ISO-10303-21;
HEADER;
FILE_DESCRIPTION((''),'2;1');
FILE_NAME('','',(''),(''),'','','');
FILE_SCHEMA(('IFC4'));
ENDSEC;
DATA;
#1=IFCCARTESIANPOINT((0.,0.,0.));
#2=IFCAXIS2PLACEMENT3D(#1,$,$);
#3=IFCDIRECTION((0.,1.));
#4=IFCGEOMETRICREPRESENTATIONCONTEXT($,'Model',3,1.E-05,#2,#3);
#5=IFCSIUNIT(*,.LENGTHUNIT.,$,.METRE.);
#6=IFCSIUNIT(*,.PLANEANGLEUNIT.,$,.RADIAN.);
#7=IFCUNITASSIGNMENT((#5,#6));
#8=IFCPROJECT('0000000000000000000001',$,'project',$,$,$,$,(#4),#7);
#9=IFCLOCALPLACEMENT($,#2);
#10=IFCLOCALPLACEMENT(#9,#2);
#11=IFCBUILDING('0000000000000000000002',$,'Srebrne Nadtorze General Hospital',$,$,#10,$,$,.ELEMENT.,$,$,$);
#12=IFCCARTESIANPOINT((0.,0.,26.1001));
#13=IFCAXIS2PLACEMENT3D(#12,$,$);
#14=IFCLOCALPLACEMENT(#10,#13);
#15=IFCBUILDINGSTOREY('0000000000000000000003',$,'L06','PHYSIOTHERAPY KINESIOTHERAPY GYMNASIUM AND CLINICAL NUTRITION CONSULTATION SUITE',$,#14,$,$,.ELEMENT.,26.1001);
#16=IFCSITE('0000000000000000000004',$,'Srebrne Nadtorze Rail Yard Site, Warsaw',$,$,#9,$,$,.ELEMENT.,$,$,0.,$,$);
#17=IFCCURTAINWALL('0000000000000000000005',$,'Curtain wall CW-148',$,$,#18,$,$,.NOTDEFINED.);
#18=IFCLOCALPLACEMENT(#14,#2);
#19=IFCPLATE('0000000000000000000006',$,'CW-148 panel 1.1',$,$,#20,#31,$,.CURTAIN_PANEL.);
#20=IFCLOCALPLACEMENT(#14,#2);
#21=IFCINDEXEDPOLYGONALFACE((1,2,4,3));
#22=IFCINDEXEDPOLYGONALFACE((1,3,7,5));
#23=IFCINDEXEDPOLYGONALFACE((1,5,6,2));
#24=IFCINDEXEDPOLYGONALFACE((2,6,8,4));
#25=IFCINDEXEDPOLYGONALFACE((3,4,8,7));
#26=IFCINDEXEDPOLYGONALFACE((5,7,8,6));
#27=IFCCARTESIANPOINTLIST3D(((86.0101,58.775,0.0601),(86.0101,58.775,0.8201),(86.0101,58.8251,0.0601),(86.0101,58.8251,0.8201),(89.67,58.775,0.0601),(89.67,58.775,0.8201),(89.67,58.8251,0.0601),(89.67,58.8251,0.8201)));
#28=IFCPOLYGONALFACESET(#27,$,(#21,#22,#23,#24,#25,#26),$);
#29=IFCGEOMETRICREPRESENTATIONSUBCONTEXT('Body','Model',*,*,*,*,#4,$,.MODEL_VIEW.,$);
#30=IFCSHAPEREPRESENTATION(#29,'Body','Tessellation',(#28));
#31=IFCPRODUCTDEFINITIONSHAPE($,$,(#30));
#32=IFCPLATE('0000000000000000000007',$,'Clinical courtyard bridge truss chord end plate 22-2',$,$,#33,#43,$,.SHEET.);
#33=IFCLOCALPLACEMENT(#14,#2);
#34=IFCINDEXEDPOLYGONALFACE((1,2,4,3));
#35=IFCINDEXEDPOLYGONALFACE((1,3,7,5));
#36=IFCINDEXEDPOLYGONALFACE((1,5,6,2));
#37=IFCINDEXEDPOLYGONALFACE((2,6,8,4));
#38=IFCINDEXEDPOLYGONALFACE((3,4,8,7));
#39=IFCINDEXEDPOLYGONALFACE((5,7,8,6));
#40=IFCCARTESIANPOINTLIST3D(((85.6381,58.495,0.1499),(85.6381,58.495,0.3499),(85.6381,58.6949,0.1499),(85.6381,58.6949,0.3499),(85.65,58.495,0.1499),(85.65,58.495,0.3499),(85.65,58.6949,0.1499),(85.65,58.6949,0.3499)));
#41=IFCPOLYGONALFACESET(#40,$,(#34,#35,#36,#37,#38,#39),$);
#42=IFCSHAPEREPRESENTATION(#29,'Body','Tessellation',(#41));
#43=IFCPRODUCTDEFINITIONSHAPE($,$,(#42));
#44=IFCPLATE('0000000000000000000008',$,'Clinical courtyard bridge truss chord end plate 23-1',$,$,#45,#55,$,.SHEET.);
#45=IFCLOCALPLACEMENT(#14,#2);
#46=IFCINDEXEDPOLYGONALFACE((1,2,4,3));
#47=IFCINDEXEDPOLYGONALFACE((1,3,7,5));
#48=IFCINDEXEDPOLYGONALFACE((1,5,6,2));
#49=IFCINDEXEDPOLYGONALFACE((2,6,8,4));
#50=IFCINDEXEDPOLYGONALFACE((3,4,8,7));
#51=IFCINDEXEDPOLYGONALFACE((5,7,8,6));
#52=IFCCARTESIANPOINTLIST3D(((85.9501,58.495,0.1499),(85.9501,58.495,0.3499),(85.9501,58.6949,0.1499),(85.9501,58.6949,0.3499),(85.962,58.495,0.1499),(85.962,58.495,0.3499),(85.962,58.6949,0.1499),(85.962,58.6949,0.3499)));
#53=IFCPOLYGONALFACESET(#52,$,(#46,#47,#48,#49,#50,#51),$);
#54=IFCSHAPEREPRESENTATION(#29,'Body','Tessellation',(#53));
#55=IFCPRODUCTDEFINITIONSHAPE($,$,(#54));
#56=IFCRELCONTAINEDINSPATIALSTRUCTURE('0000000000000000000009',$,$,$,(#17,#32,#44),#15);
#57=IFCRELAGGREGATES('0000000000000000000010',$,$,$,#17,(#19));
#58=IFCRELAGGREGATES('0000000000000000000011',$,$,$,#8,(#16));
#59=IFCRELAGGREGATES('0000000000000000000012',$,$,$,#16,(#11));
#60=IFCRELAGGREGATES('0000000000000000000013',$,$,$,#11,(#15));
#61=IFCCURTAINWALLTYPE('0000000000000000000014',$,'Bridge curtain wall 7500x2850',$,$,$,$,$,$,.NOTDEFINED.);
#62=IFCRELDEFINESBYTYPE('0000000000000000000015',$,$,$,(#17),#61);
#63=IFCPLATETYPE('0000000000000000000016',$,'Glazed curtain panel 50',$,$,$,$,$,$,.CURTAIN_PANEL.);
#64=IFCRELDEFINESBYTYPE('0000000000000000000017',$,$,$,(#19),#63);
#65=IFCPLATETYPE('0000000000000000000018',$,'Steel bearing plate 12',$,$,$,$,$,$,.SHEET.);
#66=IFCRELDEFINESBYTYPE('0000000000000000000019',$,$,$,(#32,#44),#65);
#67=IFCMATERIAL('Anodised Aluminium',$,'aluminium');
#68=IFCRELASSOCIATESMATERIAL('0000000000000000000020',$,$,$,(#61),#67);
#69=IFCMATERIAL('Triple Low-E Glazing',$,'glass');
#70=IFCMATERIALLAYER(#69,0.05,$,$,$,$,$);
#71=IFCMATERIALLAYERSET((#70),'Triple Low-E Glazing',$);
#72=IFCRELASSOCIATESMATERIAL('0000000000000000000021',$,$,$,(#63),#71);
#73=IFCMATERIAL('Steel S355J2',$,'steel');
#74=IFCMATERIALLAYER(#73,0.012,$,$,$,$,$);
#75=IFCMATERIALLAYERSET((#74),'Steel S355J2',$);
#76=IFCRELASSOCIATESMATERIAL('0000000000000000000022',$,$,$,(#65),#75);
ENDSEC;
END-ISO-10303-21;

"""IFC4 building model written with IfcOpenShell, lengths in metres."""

from ifc_helpers import new_model, si_unit, direction, frame, origin, origin_2d, place, context, subcontext, project, spatial, rectangle, extrude, material, layer, layer_set, type_object, element, aggregate, save


model = new_model("IFC4")

# Units and contexts
model_context = context("Model", 3, precision=1e-05, world=origin(), true_north=direction((0.0, 1.0)))
body_context = subcontext(model_context, "Body", "Model", "MODEL_VIEW")
ifc_project = project(units=[si_unit("LENGTHUNIT", "METRE"), si_unit("PLANEANGLEUNIT", "RADIAN")], contexts=[model_context])

# Site, building, storey
site_placement = place(None, origin())
site = spatial("IfcSite", under=ifc_project, at=site_placement, Name="Srebrne Nadtorze Rail Yard Site, Warsaw", CompositionType="ELEMENT", RefElevation=0.0)
building_placement = place(site_placement, origin())
building = spatial("IfcBuilding", under=site, at=building_placement, Name="Srebrne Nadtorze General Hospital", CompositionType="ELEMENT")
storey_placement = place(building_placement, frame((0.0, 0.0, 26.1001)))
storey = spatial("IfcBuildingStorey", under=building, at=storey_placement, Name="L06", Description="PHYSIOTHERAPY KINESIOTHERAPY GYMNASIUM AND CLINICAL NUTRITION CONSULTATION SUITE", CompositionType="ELEMENT", Elevation=26.1001)

# Curtain wall
ifc_material_1 = material(Name="Anodised Aluminium", Category="aluminium")
curtain_wall_type = type_object("IfcCurtainWallType", Name="Bridge curtain wall 7500x2850", PredefinedType="NOTDEFINED", material=ifc_material_1)
curtain_wall_1_placement = place(storey_placement, origin())
curtain_wall_1 = element("IfcCurtainWall", 1, at=curtain_wall_1_placement, inside=storey, type_object=curtain_wall_type, Name="Curtain wall CW-148", PredefinedType="NOTDEFINED")

# Plate
ifc_material_2 = material(Name="Triple Low-E Glazing", Category="glass")
ifc_layer_1 = layer(ifc_material_2, 0.05)
ifc_layer_set_1 = layer_set([ifc_layer_1], Name="Triple Low-E Glazing")
plate_type_1 = type_object("IfcPlateType", Name="Glazed curtain panel 50", PredefinedType="CURTAIN_PANEL", material=ifc_layer_set_1)
plate_1_placement = place(storey_placement, frame((87.8401, 58.8, 0.0601), z_axis=(0.0, 0.0, 1.0), x_axis=(1.0, 0.0, 0.0)))
plate_1 = element("IfcPlate", 2, at=plate_1_placement, type_object=plate_type_1, Name="CW-148 panel 1.1", PredefinedType="CURTAIN_PANEL", context=body_context, shape_type="SweptSolid", body=[
    extrude(rectangle(XDim=3.6599, YDim=0.05, at=origin_2d()), origin(), (0.0, 0.0, 1.0), 0.76),
])
aggregate(curtain_wall_1, [plate_1])

# Plates
ifc_material_3 = material(Name="Steel S355J2", Category="steel")
ifc_layer_2 = layer(ifc_material_3, 0.012)
ifc_layer_set_2 = layer_set([ifc_layer_2], Name="Steel S355J2")
plate_type_2 = type_object("IfcPlateType", Name="Steel bearing plate 12", PredefinedType="SHEET", material=ifc_layer_set_2)
for number, where, z_axis, x_axis, name in (
    (3, (85.644, 58.595, 0.1499), (0.0, 0.0, 1.0), (1.0, 0.0, 0.0), "Clinical courtyard bridge truss chord end plate 22-2"),
    (4, (85.9561, 58.595, 0.1499), (0.0, 0.0, 1.0), (1.0, 0.0, 0.0), "Clinical courtyard bridge truss chord end plate 23-1"),
):
    element("IfcPlate", number, at=place(storey_placement, frame(where, z_axis=z_axis, x_axis=x_axis)), inside=storey, type_object=plate_type_2, Name=name, PredefinedType="SHEET", context=body_context, shape_type="SweptSolid", body=[
        extrude(rectangle(XDim=0.012, YDim=0.2, at=origin_2d()), origin(), (0.0, 0.0, 1.0), 0.2),
    ])

save(model, "model.ifc")
